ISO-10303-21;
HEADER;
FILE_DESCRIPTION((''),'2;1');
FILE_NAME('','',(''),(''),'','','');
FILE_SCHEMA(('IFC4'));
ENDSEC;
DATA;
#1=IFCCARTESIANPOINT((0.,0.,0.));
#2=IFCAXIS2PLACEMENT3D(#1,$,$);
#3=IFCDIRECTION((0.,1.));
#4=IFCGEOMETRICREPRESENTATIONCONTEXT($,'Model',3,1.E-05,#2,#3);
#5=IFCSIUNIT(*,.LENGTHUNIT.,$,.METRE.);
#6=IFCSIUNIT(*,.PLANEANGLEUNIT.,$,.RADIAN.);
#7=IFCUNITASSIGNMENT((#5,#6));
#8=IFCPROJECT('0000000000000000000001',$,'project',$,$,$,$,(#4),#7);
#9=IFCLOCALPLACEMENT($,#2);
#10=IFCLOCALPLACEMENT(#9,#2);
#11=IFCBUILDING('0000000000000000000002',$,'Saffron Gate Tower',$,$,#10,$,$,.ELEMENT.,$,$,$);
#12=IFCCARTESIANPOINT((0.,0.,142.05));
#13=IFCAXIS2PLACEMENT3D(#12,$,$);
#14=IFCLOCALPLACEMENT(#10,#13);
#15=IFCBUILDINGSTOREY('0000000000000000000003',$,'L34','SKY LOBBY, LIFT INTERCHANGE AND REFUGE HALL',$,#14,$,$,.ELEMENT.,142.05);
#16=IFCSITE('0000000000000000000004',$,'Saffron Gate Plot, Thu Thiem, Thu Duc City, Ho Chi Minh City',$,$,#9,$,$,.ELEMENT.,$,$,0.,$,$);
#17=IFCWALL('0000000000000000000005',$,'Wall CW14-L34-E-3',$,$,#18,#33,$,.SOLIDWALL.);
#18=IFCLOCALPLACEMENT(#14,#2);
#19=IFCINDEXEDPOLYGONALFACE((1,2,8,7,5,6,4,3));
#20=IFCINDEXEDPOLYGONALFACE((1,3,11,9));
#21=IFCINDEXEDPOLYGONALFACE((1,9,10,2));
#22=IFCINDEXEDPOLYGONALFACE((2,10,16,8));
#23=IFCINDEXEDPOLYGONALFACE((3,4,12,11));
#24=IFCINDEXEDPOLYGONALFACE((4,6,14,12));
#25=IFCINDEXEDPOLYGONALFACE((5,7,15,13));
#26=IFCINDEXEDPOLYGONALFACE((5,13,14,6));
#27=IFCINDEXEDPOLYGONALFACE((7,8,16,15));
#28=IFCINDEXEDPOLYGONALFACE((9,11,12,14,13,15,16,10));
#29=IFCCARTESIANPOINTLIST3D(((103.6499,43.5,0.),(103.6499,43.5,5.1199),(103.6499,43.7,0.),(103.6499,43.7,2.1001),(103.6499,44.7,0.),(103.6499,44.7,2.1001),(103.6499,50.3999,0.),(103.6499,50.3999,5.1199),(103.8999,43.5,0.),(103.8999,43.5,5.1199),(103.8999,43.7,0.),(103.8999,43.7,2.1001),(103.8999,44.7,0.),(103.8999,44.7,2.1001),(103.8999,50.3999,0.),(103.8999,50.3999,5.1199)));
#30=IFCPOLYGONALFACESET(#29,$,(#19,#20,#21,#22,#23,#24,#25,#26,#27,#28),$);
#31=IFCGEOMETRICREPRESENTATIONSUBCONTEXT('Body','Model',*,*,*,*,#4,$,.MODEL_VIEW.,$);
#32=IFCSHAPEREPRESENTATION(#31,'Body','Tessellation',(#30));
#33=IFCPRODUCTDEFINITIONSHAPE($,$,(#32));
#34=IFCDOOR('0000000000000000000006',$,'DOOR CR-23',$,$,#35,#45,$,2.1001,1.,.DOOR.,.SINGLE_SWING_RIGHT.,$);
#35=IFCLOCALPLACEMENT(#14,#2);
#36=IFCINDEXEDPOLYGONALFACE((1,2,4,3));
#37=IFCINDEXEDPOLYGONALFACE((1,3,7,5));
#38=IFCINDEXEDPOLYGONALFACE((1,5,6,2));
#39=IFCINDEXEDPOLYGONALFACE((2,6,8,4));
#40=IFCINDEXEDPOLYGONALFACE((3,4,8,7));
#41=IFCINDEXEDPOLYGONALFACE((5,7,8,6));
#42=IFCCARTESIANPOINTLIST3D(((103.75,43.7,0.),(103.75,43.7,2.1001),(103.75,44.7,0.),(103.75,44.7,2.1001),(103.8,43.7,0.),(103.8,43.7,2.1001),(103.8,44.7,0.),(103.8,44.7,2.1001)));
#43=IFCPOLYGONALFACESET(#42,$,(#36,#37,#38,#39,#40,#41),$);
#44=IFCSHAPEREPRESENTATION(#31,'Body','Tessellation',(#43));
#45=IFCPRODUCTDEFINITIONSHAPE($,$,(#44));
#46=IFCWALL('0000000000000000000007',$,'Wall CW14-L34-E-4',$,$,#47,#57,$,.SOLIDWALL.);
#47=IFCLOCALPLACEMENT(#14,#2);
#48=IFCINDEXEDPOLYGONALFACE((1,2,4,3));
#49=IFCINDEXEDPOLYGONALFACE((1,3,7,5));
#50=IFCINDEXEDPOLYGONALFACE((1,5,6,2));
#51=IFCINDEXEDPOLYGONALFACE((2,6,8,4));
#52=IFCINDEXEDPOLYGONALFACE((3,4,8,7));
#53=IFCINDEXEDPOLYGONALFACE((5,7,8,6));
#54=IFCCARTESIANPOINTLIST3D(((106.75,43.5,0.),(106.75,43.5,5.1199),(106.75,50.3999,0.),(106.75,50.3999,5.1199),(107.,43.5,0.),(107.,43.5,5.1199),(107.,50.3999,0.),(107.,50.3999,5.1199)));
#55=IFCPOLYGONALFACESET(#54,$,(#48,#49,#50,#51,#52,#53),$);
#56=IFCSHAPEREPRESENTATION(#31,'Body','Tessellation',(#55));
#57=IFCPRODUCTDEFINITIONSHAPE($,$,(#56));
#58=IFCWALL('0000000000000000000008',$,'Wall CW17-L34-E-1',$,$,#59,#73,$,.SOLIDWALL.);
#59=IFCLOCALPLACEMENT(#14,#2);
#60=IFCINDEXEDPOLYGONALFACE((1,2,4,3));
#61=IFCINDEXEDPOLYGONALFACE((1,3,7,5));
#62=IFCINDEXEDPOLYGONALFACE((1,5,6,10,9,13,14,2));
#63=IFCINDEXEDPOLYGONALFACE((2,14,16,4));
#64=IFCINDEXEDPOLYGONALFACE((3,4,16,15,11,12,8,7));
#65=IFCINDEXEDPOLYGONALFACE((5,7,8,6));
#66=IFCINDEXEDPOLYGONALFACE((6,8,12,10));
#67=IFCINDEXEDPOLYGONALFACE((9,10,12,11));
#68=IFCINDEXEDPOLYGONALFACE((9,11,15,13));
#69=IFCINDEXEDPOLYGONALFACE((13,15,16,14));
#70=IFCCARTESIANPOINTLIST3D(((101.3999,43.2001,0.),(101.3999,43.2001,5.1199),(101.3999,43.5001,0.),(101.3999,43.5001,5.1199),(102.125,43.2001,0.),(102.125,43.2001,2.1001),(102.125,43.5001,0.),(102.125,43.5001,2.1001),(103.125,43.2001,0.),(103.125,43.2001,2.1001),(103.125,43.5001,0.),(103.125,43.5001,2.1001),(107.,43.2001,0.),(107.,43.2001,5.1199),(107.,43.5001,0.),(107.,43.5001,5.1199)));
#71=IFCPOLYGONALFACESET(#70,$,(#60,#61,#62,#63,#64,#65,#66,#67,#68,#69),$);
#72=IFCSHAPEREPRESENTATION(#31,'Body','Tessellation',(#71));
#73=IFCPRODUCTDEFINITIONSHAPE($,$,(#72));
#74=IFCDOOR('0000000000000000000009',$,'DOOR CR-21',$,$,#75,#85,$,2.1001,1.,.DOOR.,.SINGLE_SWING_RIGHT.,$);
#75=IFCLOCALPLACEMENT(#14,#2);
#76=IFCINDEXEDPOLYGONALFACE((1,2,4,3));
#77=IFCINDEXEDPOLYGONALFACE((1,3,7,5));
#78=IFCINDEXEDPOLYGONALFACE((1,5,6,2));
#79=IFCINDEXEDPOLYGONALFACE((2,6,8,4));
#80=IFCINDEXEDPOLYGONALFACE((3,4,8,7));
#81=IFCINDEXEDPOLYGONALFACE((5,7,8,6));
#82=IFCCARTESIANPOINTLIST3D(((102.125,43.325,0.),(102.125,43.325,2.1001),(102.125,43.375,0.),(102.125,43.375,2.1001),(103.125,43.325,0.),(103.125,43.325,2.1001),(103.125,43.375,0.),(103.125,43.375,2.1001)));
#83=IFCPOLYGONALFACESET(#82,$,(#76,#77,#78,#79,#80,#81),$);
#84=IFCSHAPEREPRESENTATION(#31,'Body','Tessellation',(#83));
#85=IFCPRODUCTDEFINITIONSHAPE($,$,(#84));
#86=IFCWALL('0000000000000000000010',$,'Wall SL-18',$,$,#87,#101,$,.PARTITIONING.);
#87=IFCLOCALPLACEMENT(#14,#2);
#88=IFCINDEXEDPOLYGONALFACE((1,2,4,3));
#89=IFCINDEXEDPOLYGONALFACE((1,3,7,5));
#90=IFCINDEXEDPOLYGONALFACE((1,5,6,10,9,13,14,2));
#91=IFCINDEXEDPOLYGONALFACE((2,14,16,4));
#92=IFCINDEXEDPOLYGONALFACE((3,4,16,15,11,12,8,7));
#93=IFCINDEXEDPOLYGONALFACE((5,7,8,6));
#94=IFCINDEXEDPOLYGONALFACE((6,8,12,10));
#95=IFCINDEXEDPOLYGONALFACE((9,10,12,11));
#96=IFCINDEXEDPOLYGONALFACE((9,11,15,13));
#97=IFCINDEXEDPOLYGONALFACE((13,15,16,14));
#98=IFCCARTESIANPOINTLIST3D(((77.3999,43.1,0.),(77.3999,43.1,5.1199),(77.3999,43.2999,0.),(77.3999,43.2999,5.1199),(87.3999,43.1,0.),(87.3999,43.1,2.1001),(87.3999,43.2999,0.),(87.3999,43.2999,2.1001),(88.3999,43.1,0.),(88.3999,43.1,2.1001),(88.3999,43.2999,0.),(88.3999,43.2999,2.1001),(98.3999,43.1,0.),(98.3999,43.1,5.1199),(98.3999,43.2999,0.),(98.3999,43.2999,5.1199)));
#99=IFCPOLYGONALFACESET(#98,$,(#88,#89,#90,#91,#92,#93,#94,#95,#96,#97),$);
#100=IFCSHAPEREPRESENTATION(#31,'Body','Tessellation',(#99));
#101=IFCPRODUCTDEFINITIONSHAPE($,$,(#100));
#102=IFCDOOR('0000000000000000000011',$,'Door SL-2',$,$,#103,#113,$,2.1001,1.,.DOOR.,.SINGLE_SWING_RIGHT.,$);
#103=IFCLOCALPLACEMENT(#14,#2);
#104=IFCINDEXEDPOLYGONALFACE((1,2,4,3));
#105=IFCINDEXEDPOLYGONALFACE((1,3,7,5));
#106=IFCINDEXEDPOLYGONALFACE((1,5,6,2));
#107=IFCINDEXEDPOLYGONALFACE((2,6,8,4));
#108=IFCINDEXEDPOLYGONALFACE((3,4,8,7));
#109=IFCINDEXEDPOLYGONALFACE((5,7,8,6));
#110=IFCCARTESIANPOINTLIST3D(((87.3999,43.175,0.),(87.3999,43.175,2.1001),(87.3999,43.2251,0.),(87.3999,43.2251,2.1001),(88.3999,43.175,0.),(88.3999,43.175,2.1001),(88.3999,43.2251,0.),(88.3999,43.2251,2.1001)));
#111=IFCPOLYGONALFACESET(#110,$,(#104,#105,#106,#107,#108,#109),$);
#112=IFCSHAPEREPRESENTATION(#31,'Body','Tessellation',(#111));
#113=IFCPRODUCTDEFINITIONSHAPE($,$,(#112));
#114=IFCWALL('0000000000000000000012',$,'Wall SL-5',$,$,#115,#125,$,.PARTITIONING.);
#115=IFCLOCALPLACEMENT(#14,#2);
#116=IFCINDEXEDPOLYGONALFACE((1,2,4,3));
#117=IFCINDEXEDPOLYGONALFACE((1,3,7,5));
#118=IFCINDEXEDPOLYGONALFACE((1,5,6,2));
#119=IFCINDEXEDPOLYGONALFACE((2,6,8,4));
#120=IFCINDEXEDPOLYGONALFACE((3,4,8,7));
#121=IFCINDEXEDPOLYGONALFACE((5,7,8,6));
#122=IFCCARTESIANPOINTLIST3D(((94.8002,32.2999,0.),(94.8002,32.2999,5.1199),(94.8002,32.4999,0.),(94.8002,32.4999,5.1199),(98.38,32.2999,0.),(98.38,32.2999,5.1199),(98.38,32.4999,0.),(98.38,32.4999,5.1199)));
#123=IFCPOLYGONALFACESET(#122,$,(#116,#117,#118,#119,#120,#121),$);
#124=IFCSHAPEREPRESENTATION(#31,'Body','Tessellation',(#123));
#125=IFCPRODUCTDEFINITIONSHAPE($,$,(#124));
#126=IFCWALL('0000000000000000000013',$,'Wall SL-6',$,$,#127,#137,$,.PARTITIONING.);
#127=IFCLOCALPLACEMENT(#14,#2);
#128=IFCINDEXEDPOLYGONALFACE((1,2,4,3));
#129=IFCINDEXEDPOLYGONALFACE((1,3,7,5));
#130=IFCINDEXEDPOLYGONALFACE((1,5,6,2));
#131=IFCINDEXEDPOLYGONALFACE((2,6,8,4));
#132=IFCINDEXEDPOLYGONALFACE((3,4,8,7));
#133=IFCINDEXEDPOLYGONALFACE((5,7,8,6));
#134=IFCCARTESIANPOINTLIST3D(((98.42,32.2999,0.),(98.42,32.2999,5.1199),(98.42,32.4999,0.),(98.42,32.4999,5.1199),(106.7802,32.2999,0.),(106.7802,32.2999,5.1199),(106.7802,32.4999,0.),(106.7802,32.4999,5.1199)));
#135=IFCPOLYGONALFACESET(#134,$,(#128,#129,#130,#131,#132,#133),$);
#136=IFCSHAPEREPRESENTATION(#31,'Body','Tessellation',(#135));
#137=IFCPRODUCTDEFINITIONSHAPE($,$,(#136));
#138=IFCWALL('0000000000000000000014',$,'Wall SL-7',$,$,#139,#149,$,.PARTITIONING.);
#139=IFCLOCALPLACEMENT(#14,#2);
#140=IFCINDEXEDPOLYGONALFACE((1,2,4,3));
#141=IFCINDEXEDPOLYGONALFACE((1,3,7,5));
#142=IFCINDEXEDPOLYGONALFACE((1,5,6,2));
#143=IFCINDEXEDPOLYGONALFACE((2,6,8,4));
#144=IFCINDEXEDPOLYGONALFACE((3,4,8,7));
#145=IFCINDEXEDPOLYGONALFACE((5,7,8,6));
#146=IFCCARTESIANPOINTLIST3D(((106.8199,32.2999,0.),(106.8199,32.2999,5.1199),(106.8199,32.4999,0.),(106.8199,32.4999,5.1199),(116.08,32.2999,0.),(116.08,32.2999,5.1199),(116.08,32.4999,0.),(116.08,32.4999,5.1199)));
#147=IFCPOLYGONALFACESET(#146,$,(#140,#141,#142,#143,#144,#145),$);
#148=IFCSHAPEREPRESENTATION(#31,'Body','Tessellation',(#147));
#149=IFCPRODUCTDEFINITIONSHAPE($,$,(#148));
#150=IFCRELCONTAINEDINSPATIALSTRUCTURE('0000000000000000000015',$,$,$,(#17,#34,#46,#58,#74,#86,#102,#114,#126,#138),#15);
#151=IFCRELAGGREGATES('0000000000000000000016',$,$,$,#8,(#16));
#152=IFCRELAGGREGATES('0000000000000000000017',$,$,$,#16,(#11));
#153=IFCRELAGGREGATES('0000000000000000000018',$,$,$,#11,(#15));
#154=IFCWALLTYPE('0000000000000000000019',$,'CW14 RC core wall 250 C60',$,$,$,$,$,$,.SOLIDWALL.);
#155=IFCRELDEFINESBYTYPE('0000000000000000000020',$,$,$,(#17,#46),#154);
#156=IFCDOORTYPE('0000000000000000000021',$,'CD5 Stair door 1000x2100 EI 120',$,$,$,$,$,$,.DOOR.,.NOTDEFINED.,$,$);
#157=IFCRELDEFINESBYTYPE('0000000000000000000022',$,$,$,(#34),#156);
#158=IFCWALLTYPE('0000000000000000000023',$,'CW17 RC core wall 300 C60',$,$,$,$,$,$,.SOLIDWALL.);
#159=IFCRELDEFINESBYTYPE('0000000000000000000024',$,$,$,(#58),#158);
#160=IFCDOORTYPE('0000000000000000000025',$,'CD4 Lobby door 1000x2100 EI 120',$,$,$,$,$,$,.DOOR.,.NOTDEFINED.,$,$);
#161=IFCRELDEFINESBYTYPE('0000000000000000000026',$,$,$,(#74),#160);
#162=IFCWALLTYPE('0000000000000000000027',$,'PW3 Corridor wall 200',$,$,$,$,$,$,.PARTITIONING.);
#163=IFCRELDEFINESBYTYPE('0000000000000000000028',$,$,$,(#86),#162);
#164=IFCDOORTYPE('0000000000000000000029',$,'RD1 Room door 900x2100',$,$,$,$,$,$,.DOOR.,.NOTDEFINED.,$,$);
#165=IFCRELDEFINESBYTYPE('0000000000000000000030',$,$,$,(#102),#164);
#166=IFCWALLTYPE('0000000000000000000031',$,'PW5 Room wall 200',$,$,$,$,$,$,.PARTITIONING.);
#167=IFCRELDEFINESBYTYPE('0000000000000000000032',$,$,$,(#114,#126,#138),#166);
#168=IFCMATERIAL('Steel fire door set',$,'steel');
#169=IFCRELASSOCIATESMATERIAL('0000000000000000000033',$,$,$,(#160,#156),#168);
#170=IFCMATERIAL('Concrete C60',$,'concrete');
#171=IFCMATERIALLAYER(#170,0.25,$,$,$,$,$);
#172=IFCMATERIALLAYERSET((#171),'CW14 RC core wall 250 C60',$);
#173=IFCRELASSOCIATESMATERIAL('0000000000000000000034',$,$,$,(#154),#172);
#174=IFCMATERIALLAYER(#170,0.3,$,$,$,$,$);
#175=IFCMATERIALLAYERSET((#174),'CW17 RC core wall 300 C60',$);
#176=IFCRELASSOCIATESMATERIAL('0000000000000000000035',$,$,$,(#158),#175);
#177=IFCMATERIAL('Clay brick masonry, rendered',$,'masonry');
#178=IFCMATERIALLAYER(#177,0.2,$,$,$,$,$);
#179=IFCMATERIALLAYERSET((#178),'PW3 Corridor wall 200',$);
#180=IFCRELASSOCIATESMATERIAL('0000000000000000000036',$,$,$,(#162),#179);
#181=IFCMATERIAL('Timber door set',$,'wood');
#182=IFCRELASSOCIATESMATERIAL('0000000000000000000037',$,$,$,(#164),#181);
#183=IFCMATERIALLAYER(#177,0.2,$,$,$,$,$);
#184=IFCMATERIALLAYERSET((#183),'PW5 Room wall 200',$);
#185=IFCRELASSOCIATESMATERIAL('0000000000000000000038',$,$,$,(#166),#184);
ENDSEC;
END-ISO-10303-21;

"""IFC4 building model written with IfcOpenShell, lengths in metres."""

from ifc_helpers import new_model, si_unit, direction, frame, frame_2d, origin, place, context, subcontext, project, spatial, rectangle, extrude, material, layer, layer_set, type_object, element, fill, save


model = new_model("IFC4")

# Units and contexts
model_context = context("Model", 3, precision=1e-05, world=origin(), true_north=direction((0.0, 1.0)))
body_context = subcontext(model_context, "Body", "Model", "MODEL_VIEW")
ifc_project = project(units=[si_unit("LENGTHUNIT", "METRE"), si_unit("PLANEANGLEUNIT", "RADIAN")], contexts=[model_context])

# Site, building, storey
site_placement = place(None, origin())
site = spatial("IfcSite", under=ifc_project, at=site_placement, Name="Saffron Gate Plot, Thu Thiem, Thu Duc City, Ho Chi Minh City", CompositionType="ELEMENT", RefElevation=0.0)
building_placement = place(site_placement, origin())
building = spatial("IfcBuilding", under=site, at=building_placement, Name="Saffron Gate Tower", CompositionType="ELEMENT")
storey_placement = place(building_placement, frame((0.0, 0.0, 142.05)))
storey = spatial("IfcBuildingStorey", under=building, at=storey_placement, Name="L34", Description="SKY LOBBY, LIFT INTERCHANGE AND REFUGE HALL", CompositionType="ELEMENT", Elevation=142.05)

# Wall, opening, door
ifc_material_1 = material(Name="Steel fire door set", Category="steel")
door_type_1 = type_object("IfcDoorType", Name="CD4 Lobby door 1000x2100 EI 120", OperationType="NOTDEFINED", PredefinedType="DOOR", material=ifc_material_1)
ifc_material_2 = material(Name="Concrete C60", Category="concrete")
ifc_layer_1 = layer(ifc_material_2, 0.25)
ifc_layer_set_1 = layer_set([ifc_layer_1], Name="CW14 RC core wall 250 C60")
wall_type_1 = type_object("IfcWallType", Name="CW14 RC core wall 250 C60", PredefinedType="SOLIDWALL", material=ifc_layer_set_1)
wall_1_placement = place(storey_placement, frame((103.7749, 43.5, 0.0), z_axis=(0.0, 0.0, 1.0), x_axis=(0.0, 1.0, 0.0)))
wall_1 = element("IfcWall", 1, at=wall_1_placement, inside=storey, type_object=wall_type_1, Name="Wall CW14-L34-E-3", PredefinedType="SOLIDWALL", context=body_context, shape_type="SweptSolid", body=[
    extrude(rectangle(XDim=6.8999, YDim=0.25, at=frame_2d((3.45, 0.0))), origin(), (0.0, 0.0, 1.0), 5.1199),
])
opening_1_placement = place(wall_1_placement, frame((0.2, 0.0, 0.0)))
opening_1 = element("IfcOpeningElement", 2, at=opening_1_placement, cuts=wall_1, PredefinedType="OPENING", context=body_context, shape_type="SweptSolid", body=[
    extrude(rectangle(XDim=1.0, YDim=2.1001, at=frame_2d((0.5, 1.05))), frame((0.0, 0.135, 0.0), z_axis=(0.0, -1.0, 0.0), x_axis=(1.0, 0.0, 0.0)), (0.0, 0.0, 1.0), 0.27),
])
door_type_2 = type_object("IfcDoorType", Name="CD5 Stair door 1000x2100 EI 120", OperationType="NOTDEFINED", PredefinedType="DOOR", material=ifc_material_1)
door_1_placement = place(opening_1_placement, origin())
door_1 = element("IfcDoor", 3, at=door_1_placement, inside=storey, type_object=door_type_2, Name="DOOR CR-23", OperationType="SINGLE_SWING_RIGHT", OverallHeight=2.1001, OverallWidth=1.0, PredefinedType="DOOR", context=body_context, shape_type="SweptSolid", body=[
    extrude(rectangle(XDim=1.0, YDim=2.1001, at=frame_2d((0.5, 1.05))), frame((0.0, 0.0249, 0.0), z_axis=(0.0, -1.0, 0.0), x_axis=(1.0, 0.0, 0.0)), (0.0, 0.0, 1.0), 0.05),
])
fill(opening_1, door_1)

# Wall
wall_2_placement = place(storey_placement, frame((106.875, 43.5, 0.0), z_axis=(0.0, 0.0, 1.0), x_axis=(0.0, 1.0, 0.0)))
element("IfcWall", 4, at=wall_2_placement, inside=storey, type_object=wall_type_1, Name="Wall CW14-L34-E-4", PredefinedType="SOLIDWALL", context=body_context, shape_type="SweptSolid", body=[
    extrude(rectangle(XDim=6.8999, YDim=0.25, at=frame_2d((3.45, 0.0))), origin(), (0.0, 0.0, 1.0), 5.1199),
])

# Walls, openings, doors
ifc_layer_2 = layer(ifc_material_2, 0.3)
ifc_layer_set_2 = layer_set([ifc_layer_2], Name="CW17 RC core wall 300 C60")
wall_type_2 = type_object("IfcWallType", Name="CW17 RC core wall 300 C60", PredefinedType="SOLIDWALL", material=ifc_layer_set_2)
wall_3_placement = place(storey_placement, frame((101.3999, 43.3501, 0.0), z_axis=(0.0, 0.0, 1.0), x_axis=(1.0, 0.0, 0.0)))
wall_3 = element("IfcWall", 5, at=wall_3_placement, inside=storey, type_object=wall_type_2, Name="Wall CW17-L34-E-1", PredefinedType="SOLIDWALL", context=body_context, shape_type="SweptSolid", body=[
    extrude(rectangle(XDim=5.6001, YDim=0.3, at=frame_2d((2.8, 0.0))), origin(), (0.0, 0.0, 1.0), 5.1199),
])
opening_2_placement = place(wall_3_placement, frame((0.7251, 0.0, 0.0)))
opening_2 = element("IfcOpeningElement", 6, at=opening_2_placement, cuts=wall_3, PredefinedType="OPENING", context=body_context, shape_type="SweptSolid", body=[
    extrude(rectangle(XDim=1.0, YDim=2.1001, at=frame_2d((0.5, 1.05))), frame((0.0, 0.1602, 0.0), z_axis=(0.0, -1.0, 0.0), x_axis=(1.0, 0.0, 0.0)), (0.0, 0.0, 1.0), 0.3201),
])
door_2_placement = place(opening_2_placement, origin())
door_2 = element("IfcDoor", 7, at=door_2_placement, inside=storey, type_object=door_type_1, Name="DOOR CR-21", OperationType="SINGLE_SWING_RIGHT", OverallHeight=2.1001, OverallWidth=1.0, PredefinedType="DOOR", context=body_context, shape_type="SweptSolid", body=[
    extrude(rectangle(XDim=1.0, YDim=2.1001, at=frame_2d((0.5, 1.05))), frame((0.0, 0.0249, 0.0), z_axis=(0.0, -1.0, 0.0), x_axis=(1.0, 0.0, 0.0)), (0.0, 0.0, 1.0), 0.05),
])
fill(opening_2, door_2)
ifc_material_3 = material(Name="Clay brick masonry, rendered", Category="masonry")
ifc_layer_3 = layer(ifc_material_3, 0.2)
ifc_layer_set_3 = layer_set([ifc_layer_3], Name="PW3 Corridor wall 200")
wall_type_3 = type_object("IfcWallType", Name="PW3 Corridor wall 200", PredefinedType="PARTITIONING", material=ifc_layer_set_3)
wall_4_placement = place(storey_placement, frame((98.3999, 43.2, 0.0), z_axis=(0.0, 0.0, 1.0), x_axis=(-1.0, 0.0, 0.0)))
wall_4 = element("IfcWall", 8, at=wall_4_placement, inside=storey, type_object=wall_type_3, Name="Wall SL-18", PredefinedType="PARTITIONING", context=body_context, shape_type="SweptSolid", body=[
    extrude(rectangle(XDim=21.0, YDim=0.2, at=frame_2d((10.5, 0.0))), origin(), (0.0, 0.0, 1.0), 5.1199),
])
opening_3_placement = place(wall_4_placement, frame((10.0, 0.0, 0.0)))
opening_3 = element("IfcOpeningElement", 9, at=opening_3_placement, cuts=wall_4, PredefinedType="OPENING", context=body_context, shape_type="SweptSolid", body=[
    extrude(rectangle(XDim=1.0, YDim=2.1001, at=frame_2d((0.5, 1.05))), frame((0.0, 0.1099, 0.0), z_axis=(0.0, -1.0, 0.0), x_axis=(1.0, 0.0, 0.0)), (0.0, 0.0, 1.0), 0.22),
])
ifc_material_4 = material(Name="Timber door set", Category="wood")
door_type_3 = type_object("IfcDoorType", Name="RD1 Room door 900x2100", OperationType="NOTDEFINED", PredefinedType="DOOR", material=ifc_material_4)
door_3_placement = place(opening_3_placement, origin())
door_3 = element("IfcDoor", 10, at=door_3_placement, inside=storey, type_object=door_type_3, Name="Door SL-2", OperationType="SINGLE_SWING_RIGHT", OverallHeight=2.1001, OverallWidth=1.0, PredefinedType="DOOR", context=body_context, shape_type="SweptSolid", body=[
    extrude(rectangle(XDim=1.0, YDim=2.1001, at=frame_2d((0.5, 1.05))), frame((0.0, 0.0249, 0.0), z_axis=(0.0, -1.0, 0.0), x_axis=(1.0, 0.0, 0.0)), (0.0, 0.0, 1.0), 0.05),
])
fill(opening_3, door_3)

# Walls
ifc_layer_4 = layer(ifc_material_3, 0.2)
ifc_layer_set_4 = layer_set([ifc_layer_4], Name="PW5 Room wall 200")
wall_type_4 = type_object("IfcWallType", Name="PW5 Room wall 200", PredefinedType="PARTITIONING", material=ifc_layer_set_4)
wall_5_placement = place(storey_placement, frame((94.8, 32.3999, 0.0), z_axis=(0.0, 0.0, 1.0), x_axis=(1.0, 0.0, 0.0)))
element("IfcWall", 11, at=wall_5_placement, inside=storey, type_object=wall_type_4, Name="Wall SL-5", PredefinedType="PARTITIONING", context=body_context, shape_type="SweptSolid", body=[
    extrude(rectangle(XDim=3.5798, YDim=0.2, at=frame_2d((1.79, 0.0))), origin(), (0.0, 0.0, 1.0), 5.1199),
])
wall_6_placement = place(storey_placement, frame((98.4199, 32.3999, 0.0), z_axis=(0.0, 0.0, 1.0), x_axis=(1.0, 0.0, 0.0)))
element("IfcWall", 12, at=wall_6_placement, inside=storey, type_object=wall_type_4, Name="Wall SL-6", PredefinedType="PARTITIONING", context=body_context, shape_type="SweptSolid", body=[
    extrude(rectangle(XDim=8.3601, YDim=0.2, at=frame_2d((4.1802, 0.0))), origin(), (0.0, 0.0, 1.0), 5.1199),
])
wall_7_placement = place(storey_placement, frame((106.8201, 32.3999, 0.0), z_axis=(0.0, 0.0, 1.0), x_axis=(1.0, 0.0, 0.0)))
element("IfcWall", 13, at=wall_7_placement, inside=storey, type_object=wall_type_4, Name="Wall SL-7", PredefinedType="PARTITIONING", context=body_context, shape_type="SweptSolid", body=[
    extrude(rectangle(XDim=9.26, YDim=0.2, at=frame_2d((4.6299, 0.0))), origin(), (0.0, 0.0, 1.0), 5.1199),
])

save(model, "model.ifc")
